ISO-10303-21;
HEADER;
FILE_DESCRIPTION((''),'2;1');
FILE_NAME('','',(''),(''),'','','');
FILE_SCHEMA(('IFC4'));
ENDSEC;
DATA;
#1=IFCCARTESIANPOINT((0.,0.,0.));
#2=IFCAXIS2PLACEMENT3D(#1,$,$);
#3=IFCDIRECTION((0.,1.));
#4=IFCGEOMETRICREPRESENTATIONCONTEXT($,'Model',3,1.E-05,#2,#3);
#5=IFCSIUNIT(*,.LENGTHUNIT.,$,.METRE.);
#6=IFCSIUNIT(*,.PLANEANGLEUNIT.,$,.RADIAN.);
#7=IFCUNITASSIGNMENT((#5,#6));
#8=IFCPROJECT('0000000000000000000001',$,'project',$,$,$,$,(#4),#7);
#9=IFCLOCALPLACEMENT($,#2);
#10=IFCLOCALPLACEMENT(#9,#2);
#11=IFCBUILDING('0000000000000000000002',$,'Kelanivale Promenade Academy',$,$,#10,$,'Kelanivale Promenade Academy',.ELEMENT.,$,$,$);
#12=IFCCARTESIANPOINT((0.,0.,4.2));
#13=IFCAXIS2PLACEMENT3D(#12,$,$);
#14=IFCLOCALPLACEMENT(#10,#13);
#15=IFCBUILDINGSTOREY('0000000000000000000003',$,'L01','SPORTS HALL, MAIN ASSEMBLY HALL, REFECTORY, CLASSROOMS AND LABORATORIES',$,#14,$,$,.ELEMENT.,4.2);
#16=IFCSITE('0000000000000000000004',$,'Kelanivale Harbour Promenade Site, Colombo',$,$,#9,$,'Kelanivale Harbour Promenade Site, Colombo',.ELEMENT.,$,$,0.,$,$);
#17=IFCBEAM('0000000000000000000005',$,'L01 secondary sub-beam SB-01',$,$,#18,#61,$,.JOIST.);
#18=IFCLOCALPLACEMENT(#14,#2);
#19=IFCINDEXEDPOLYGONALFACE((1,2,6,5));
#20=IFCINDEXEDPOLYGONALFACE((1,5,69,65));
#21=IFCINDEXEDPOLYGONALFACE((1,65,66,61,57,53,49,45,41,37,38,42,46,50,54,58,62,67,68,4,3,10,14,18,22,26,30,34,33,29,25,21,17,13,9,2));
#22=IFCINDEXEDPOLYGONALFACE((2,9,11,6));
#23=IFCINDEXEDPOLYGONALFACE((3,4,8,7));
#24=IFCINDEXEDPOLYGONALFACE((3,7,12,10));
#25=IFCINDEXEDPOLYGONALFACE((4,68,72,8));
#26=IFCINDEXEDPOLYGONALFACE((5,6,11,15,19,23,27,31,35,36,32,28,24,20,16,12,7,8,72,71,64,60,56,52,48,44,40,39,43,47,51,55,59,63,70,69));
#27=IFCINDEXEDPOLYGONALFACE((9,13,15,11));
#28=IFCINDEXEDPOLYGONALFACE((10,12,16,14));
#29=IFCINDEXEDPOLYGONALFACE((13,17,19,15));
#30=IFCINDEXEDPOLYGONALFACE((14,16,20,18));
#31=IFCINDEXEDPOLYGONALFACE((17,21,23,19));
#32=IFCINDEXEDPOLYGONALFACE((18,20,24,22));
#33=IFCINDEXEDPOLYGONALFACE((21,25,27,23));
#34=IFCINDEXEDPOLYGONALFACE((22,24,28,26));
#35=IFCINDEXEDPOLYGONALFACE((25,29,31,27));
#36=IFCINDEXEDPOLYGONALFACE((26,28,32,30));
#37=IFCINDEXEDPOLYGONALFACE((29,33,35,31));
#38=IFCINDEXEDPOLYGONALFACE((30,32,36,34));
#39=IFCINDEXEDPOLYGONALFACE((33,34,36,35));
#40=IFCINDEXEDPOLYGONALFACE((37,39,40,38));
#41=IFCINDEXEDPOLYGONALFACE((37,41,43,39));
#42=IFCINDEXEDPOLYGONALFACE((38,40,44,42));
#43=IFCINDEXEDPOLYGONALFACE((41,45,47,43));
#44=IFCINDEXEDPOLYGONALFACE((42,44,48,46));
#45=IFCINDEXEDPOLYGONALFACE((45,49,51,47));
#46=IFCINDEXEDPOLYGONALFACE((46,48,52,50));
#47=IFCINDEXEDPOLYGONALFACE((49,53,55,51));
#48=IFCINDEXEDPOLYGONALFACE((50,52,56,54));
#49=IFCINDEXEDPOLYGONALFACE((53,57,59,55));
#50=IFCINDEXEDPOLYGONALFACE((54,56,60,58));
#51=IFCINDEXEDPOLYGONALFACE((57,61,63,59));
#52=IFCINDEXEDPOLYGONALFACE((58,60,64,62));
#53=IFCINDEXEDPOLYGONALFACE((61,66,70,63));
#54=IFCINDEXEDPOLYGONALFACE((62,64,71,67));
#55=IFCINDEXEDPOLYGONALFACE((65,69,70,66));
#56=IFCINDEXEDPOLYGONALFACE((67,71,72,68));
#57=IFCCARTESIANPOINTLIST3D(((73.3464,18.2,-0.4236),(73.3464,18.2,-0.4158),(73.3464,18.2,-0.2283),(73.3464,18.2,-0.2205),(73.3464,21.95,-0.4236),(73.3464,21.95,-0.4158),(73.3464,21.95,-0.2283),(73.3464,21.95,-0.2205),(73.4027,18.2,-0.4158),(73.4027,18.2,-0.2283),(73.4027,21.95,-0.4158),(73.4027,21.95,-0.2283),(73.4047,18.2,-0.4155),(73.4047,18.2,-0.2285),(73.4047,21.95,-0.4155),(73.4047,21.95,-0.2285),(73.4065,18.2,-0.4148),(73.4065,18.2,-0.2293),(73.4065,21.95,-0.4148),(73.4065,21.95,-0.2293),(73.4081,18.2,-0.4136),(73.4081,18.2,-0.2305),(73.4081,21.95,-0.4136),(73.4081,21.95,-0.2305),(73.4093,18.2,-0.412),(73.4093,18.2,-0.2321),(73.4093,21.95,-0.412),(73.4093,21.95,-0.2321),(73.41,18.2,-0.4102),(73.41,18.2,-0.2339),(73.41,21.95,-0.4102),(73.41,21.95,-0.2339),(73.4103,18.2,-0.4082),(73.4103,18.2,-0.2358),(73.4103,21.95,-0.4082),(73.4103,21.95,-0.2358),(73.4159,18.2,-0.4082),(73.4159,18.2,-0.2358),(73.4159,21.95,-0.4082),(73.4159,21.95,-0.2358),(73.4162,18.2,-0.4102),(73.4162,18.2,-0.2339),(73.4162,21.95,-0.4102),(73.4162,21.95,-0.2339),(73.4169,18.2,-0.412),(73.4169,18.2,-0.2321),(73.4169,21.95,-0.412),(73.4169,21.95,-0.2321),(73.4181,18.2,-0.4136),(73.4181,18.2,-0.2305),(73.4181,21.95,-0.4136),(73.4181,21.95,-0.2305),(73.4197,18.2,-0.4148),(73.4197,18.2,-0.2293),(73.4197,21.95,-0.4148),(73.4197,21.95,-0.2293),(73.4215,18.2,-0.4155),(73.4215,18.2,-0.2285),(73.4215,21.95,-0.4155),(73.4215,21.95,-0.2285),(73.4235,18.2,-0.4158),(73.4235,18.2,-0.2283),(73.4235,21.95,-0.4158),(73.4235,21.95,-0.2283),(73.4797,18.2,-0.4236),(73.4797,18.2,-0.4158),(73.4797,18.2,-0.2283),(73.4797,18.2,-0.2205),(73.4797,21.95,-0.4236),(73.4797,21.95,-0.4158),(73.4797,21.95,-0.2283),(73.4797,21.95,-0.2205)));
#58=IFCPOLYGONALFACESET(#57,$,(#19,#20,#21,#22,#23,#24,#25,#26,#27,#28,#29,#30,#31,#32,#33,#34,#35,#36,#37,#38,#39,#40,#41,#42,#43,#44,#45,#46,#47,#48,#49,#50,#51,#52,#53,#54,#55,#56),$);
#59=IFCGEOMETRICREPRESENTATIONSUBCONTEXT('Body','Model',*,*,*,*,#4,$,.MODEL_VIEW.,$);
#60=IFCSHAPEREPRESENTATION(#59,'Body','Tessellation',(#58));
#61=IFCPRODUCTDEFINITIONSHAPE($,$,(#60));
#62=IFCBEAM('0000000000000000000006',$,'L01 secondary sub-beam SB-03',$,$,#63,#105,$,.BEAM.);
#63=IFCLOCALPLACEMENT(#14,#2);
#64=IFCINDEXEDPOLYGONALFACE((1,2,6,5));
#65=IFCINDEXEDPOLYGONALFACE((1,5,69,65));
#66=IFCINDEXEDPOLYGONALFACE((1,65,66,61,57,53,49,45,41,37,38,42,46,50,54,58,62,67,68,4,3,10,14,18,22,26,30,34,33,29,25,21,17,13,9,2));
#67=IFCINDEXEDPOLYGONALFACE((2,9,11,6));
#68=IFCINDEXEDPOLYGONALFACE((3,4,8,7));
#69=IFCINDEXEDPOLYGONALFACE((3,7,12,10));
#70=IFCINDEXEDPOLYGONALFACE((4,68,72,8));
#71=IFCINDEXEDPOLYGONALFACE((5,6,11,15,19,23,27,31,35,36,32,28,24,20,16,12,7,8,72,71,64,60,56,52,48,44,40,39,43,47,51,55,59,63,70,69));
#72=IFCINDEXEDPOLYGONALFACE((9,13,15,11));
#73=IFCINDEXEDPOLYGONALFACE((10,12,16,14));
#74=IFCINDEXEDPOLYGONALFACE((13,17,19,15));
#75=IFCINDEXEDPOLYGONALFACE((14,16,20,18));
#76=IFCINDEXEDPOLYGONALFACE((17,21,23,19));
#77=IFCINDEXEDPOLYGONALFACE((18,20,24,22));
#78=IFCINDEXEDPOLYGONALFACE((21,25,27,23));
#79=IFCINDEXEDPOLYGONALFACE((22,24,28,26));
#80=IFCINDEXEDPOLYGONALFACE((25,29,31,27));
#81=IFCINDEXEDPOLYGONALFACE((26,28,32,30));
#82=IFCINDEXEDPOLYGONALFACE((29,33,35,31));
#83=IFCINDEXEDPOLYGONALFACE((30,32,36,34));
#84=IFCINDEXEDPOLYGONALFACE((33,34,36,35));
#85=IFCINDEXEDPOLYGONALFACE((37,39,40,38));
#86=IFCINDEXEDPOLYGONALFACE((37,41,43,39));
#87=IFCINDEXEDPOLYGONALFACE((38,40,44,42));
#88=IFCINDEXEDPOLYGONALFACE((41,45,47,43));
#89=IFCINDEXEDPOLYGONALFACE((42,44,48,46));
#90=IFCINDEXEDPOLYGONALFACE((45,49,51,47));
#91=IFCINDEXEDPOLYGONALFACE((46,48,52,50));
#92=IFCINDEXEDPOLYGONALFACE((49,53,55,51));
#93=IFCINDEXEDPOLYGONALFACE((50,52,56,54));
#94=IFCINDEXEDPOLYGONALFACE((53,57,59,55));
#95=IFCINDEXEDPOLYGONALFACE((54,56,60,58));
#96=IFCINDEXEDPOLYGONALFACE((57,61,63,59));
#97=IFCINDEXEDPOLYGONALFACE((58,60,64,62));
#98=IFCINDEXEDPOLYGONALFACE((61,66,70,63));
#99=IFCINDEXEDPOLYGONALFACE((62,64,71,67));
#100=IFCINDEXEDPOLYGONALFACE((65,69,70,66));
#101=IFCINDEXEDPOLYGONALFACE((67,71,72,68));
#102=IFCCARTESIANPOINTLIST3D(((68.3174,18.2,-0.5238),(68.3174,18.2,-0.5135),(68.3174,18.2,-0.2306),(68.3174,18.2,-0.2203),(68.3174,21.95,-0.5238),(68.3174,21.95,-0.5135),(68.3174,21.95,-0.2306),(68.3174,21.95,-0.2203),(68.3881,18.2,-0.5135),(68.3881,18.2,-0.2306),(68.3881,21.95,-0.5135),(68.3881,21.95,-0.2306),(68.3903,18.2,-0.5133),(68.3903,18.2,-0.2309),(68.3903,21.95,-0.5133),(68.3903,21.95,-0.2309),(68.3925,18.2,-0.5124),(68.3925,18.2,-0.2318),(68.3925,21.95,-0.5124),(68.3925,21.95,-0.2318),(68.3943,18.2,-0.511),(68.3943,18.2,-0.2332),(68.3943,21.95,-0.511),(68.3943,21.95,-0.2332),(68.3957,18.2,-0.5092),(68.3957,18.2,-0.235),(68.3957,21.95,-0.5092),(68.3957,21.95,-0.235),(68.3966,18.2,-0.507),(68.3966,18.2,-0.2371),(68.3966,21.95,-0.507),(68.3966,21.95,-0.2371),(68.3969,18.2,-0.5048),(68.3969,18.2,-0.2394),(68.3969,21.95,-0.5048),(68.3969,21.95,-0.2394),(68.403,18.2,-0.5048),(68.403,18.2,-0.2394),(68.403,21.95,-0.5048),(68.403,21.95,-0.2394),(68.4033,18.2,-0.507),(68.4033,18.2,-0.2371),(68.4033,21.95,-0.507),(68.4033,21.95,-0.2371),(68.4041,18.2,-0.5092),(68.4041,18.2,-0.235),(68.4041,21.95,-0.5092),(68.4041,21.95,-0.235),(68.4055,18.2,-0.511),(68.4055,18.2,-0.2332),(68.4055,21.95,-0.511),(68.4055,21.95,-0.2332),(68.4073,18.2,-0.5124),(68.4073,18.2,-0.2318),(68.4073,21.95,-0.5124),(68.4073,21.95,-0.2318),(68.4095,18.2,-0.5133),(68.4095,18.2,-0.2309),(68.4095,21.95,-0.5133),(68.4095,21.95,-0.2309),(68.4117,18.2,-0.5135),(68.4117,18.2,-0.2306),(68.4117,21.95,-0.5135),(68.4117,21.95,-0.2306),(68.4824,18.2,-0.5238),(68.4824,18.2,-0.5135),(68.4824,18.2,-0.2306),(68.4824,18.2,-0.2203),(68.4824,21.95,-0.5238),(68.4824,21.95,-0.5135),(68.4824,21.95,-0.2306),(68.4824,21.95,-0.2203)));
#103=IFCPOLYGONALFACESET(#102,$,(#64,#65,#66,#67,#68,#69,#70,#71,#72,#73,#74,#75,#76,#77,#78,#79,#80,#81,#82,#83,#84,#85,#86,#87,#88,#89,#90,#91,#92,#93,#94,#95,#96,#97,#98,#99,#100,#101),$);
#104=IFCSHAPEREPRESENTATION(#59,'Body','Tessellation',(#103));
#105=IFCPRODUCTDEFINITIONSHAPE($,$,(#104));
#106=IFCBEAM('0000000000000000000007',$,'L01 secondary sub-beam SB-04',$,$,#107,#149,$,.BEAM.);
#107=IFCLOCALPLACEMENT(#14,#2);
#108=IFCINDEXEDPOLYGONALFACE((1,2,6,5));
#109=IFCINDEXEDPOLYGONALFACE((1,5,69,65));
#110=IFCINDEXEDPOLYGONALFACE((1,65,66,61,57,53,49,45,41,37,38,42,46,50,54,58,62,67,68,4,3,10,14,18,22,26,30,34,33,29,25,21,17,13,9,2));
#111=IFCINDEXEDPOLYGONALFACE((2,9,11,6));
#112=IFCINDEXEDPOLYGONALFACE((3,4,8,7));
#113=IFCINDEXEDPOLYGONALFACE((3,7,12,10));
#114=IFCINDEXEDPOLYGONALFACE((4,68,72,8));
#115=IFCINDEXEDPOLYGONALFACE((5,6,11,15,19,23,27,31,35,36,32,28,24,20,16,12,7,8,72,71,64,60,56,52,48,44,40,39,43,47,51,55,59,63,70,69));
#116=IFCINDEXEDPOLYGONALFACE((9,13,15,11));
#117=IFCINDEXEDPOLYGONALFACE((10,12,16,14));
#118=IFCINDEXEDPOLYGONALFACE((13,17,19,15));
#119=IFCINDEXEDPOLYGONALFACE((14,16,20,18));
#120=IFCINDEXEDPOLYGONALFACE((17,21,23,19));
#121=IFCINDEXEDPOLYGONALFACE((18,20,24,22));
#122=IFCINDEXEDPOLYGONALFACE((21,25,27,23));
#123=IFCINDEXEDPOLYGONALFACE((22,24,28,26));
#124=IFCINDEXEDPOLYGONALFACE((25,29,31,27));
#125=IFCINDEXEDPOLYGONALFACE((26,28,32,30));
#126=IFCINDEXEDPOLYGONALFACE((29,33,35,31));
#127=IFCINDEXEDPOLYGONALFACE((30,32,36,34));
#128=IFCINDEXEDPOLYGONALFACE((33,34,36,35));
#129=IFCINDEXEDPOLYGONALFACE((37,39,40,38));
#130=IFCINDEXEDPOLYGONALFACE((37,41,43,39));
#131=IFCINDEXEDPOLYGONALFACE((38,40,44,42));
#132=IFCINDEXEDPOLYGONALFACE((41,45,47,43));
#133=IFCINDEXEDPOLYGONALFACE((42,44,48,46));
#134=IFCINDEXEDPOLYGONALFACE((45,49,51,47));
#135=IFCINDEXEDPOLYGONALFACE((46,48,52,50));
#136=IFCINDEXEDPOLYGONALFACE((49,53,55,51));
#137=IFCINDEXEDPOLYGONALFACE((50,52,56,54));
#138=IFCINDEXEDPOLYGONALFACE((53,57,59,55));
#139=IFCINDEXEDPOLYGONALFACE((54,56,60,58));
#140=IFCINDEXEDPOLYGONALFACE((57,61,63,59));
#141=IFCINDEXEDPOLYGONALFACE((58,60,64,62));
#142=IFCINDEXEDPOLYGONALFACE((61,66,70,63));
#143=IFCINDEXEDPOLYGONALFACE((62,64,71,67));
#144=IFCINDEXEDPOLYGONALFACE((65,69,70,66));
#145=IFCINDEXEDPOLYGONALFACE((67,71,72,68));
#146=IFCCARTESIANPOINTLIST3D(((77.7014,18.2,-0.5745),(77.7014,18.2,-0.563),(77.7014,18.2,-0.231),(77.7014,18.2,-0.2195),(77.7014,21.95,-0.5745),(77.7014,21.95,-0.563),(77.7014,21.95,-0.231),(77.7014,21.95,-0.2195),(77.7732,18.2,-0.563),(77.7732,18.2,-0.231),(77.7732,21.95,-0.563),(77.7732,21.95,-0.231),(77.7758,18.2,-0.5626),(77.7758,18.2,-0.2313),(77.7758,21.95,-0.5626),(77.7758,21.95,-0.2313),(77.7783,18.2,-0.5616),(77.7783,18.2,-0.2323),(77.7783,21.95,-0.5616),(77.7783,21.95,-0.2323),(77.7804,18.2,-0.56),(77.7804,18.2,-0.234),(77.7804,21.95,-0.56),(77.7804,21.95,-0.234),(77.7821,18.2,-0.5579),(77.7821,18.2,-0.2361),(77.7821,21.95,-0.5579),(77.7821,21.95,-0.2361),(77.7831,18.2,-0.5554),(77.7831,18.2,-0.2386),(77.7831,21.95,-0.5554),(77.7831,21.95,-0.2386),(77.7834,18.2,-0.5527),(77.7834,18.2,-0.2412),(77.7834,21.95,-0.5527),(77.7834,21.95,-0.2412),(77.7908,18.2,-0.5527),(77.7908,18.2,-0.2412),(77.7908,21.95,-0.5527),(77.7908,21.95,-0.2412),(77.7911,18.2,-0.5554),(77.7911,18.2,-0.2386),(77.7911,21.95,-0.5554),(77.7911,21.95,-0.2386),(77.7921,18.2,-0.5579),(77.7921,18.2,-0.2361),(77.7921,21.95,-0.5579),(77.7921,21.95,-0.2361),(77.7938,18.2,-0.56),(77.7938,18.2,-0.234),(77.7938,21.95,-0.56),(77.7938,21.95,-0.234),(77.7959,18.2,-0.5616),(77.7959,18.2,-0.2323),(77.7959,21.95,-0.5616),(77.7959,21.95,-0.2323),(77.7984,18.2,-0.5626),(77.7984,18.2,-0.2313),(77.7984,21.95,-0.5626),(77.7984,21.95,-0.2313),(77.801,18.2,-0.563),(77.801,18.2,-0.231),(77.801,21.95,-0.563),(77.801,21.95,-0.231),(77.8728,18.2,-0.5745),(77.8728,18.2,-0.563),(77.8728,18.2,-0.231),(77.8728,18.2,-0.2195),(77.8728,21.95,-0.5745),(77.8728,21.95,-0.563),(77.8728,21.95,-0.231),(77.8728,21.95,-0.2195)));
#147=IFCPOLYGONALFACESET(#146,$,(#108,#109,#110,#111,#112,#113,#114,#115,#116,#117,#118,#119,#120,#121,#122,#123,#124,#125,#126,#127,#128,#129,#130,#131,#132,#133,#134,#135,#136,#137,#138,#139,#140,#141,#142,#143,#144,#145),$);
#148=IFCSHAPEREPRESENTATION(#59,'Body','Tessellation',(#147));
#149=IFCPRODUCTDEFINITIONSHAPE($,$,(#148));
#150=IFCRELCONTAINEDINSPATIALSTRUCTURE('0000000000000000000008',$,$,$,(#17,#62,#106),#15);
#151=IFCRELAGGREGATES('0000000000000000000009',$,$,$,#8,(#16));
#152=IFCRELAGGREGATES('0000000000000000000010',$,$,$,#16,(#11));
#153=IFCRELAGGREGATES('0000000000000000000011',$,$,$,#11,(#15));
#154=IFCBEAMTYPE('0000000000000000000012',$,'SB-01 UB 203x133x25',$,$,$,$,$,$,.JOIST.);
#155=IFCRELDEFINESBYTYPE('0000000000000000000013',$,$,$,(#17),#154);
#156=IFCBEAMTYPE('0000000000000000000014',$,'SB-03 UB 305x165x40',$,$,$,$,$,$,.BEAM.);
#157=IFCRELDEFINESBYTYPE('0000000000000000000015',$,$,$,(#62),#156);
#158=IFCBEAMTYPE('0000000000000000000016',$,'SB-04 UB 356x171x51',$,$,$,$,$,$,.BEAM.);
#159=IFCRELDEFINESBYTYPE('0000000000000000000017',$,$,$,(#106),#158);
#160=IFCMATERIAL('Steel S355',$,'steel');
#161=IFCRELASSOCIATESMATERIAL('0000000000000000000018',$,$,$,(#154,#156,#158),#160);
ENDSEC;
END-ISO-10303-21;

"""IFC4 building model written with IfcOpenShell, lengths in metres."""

from ifc_helpers import new_model, si_unit, direction, frame, origin, origin_2d, place, context, subcontext, project, spatial, i_section, extrude, material, material_profile, profile_set, type_object, element, save


model = new_model("IFC4")

# Units and contexts
model_context = context("Model", 3, precision=1e-05, world=origin(), true_north=direction((0.0, 1.0)))
body_context = subcontext(model_context, "Body", "Model", "MODEL_VIEW")
ifc_project = project(units=[si_unit("LENGTHUNIT", "METRE"), si_unit("PLANEANGLEUNIT", "RADIAN")], contexts=[model_context])

# Site, building, storey
site_placement = place(None, origin())
site = spatial("IfcSite", under=ifc_project, at=site_placement, Name="Kelanivale Harbour Promenade Site, Colombo", LongName="Kelanivale Harbour Promenade Site, Colombo", CompositionType="ELEMENT", RefElevation=0.0)
building_placement = place(site_placement, origin())
building = spatial("IfcBuilding", under=site, at=building_placement, Name="Kelanivale Promenade Academy", LongName="Kelanivale Promenade Academy", CompositionType="ELEMENT")
storey_placement = place(building_placement, frame((0.0, 0.0, 4.2)))
storey = spatial("IfcBuildingStorey", under=building, at=storey_placement, Name="L01", Description="SPORTS HALL, MAIN ASSEMBLY HALL, REFECTORY, CLASSROOMS AND LABORATORIES", CompositionType="ELEMENT", Elevation=4.2)

# Beams
ifc_material_1 = material(Name="Steel S355", Category="steel")
ifc_material_profile_1 = material_profile(ifc_material_1, i_section(OverallWidth=0.1333, OverallDepth=0.2031, WebThickness=0.0056, FlangeThickness=0.0078, FilletRadius=0.0076, at=origin_2d()), Name="UB 203x133x25")
ifc_profile_set_1 = profile_set([ifc_material_profile_1], Name="Steel S355")
beam_type_1 = type_object("IfcBeamType", Name="SB-01 UB 203x133x25", PredefinedType="JOIST", material=ifc_profile_set_1)
beam_1_placement = place(storey_placement, frame((73.4131, 18.2, -0.322), z_axis=(0.0, 1.0, 0.0), x_axis=(-1.0, 0.0, 0.0)))
element("IfcBeam", 1, at=beam_1_placement, inside=storey, type_object=beam_type_1, Name="L01 secondary sub-beam SB-01", PredefinedType="JOIST", context=body_context, shape_type="SweptSolid", body=[
    extrude(i_section(OverallWidth=0.1333, OverallDepth=0.2031, WebThickness=0.0056, FlangeThickness=0.0078, FilletRadius=0.0076, at=origin_2d()), origin(), (0.0, 0.0, 1.0), 3.75),
])
ifc_material_profile_2 = material_profile(ifc_material_1, i_section(OverallWidth=0.165, OverallDepth=0.3035, WebThickness=0.0061, FlangeThickness=0.0103, FilletRadius=0.0088, at=origin_2d()), Name="UB 305x165x40")
ifc_profile_set_2 = profile_set([ifc_material_profile_2], Name="Steel S355")
beam_type_2 = type_object("IfcBeamType", Name="SB-03 UB 305x165x40", PredefinedType="BEAM", material=ifc_profile_set_2)
beam_2_placement = place(storey_placement, frame((68.3999, 18.2, -0.3721), z_axis=(0.0, 1.0, 0.0), x_axis=(-1.0, 0.0, 0.0)))
element("IfcBeam", 2, at=beam_2_placement, inside=storey, type_object=beam_type_2, Name="L01 secondary sub-beam SB-03", PredefinedType="BEAM", context=body_context, shape_type="SweptSolid", body=[
    extrude(i_section(OverallWidth=0.165, OverallDepth=0.3035, WebThickness=0.0061, FlangeThickness=0.0103, FilletRadius=0.0088, at=origin_2d()), origin(), (0.0, 0.0, 1.0), 3.75),
])
ifc_material_profile_3 = material_profile(ifc_material_1, i_section(OverallWidth=0.1714, OverallDepth=0.355, WebThickness=0.0073, FlangeThickness=0.0115, FilletRadius=0.0103, at=origin_2d()), Name="UB 356x171x51")
ifc_profile_set_3 = profile_set([ifc_material_profile_3], Name="Steel S355")
beam_type_3 = type_object("IfcBeamType", Name="SB-04 UB 356x171x51", PredefinedType="BEAM", material=ifc_profile_set_3)
beam_3_placement = place(storey_placement, frame((77.7871, 18.2, -0.397), z_axis=(0.0, 1.0, 0.0), x_axis=(-1.0, 0.0, 0.0)))
element("IfcBeam", 3, at=beam_3_placement, inside=storey, type_object=beam_type_3, Name="L01 secondary sub-beam SB-04", PredefinedType="BEAM", context=body_context, shape_type="SweptSolid", body=[
    extrude(i_section(OverallWidth=0.1714, OverallDepth=0.355, WebThickness=0.0073, FlangeThickness=0.0115, FilletRadius=0.0103, at=origin_2d()), origin(), (0.0, 0.0, 1.0), 3.75),
])

save(model, "model.ifc")
